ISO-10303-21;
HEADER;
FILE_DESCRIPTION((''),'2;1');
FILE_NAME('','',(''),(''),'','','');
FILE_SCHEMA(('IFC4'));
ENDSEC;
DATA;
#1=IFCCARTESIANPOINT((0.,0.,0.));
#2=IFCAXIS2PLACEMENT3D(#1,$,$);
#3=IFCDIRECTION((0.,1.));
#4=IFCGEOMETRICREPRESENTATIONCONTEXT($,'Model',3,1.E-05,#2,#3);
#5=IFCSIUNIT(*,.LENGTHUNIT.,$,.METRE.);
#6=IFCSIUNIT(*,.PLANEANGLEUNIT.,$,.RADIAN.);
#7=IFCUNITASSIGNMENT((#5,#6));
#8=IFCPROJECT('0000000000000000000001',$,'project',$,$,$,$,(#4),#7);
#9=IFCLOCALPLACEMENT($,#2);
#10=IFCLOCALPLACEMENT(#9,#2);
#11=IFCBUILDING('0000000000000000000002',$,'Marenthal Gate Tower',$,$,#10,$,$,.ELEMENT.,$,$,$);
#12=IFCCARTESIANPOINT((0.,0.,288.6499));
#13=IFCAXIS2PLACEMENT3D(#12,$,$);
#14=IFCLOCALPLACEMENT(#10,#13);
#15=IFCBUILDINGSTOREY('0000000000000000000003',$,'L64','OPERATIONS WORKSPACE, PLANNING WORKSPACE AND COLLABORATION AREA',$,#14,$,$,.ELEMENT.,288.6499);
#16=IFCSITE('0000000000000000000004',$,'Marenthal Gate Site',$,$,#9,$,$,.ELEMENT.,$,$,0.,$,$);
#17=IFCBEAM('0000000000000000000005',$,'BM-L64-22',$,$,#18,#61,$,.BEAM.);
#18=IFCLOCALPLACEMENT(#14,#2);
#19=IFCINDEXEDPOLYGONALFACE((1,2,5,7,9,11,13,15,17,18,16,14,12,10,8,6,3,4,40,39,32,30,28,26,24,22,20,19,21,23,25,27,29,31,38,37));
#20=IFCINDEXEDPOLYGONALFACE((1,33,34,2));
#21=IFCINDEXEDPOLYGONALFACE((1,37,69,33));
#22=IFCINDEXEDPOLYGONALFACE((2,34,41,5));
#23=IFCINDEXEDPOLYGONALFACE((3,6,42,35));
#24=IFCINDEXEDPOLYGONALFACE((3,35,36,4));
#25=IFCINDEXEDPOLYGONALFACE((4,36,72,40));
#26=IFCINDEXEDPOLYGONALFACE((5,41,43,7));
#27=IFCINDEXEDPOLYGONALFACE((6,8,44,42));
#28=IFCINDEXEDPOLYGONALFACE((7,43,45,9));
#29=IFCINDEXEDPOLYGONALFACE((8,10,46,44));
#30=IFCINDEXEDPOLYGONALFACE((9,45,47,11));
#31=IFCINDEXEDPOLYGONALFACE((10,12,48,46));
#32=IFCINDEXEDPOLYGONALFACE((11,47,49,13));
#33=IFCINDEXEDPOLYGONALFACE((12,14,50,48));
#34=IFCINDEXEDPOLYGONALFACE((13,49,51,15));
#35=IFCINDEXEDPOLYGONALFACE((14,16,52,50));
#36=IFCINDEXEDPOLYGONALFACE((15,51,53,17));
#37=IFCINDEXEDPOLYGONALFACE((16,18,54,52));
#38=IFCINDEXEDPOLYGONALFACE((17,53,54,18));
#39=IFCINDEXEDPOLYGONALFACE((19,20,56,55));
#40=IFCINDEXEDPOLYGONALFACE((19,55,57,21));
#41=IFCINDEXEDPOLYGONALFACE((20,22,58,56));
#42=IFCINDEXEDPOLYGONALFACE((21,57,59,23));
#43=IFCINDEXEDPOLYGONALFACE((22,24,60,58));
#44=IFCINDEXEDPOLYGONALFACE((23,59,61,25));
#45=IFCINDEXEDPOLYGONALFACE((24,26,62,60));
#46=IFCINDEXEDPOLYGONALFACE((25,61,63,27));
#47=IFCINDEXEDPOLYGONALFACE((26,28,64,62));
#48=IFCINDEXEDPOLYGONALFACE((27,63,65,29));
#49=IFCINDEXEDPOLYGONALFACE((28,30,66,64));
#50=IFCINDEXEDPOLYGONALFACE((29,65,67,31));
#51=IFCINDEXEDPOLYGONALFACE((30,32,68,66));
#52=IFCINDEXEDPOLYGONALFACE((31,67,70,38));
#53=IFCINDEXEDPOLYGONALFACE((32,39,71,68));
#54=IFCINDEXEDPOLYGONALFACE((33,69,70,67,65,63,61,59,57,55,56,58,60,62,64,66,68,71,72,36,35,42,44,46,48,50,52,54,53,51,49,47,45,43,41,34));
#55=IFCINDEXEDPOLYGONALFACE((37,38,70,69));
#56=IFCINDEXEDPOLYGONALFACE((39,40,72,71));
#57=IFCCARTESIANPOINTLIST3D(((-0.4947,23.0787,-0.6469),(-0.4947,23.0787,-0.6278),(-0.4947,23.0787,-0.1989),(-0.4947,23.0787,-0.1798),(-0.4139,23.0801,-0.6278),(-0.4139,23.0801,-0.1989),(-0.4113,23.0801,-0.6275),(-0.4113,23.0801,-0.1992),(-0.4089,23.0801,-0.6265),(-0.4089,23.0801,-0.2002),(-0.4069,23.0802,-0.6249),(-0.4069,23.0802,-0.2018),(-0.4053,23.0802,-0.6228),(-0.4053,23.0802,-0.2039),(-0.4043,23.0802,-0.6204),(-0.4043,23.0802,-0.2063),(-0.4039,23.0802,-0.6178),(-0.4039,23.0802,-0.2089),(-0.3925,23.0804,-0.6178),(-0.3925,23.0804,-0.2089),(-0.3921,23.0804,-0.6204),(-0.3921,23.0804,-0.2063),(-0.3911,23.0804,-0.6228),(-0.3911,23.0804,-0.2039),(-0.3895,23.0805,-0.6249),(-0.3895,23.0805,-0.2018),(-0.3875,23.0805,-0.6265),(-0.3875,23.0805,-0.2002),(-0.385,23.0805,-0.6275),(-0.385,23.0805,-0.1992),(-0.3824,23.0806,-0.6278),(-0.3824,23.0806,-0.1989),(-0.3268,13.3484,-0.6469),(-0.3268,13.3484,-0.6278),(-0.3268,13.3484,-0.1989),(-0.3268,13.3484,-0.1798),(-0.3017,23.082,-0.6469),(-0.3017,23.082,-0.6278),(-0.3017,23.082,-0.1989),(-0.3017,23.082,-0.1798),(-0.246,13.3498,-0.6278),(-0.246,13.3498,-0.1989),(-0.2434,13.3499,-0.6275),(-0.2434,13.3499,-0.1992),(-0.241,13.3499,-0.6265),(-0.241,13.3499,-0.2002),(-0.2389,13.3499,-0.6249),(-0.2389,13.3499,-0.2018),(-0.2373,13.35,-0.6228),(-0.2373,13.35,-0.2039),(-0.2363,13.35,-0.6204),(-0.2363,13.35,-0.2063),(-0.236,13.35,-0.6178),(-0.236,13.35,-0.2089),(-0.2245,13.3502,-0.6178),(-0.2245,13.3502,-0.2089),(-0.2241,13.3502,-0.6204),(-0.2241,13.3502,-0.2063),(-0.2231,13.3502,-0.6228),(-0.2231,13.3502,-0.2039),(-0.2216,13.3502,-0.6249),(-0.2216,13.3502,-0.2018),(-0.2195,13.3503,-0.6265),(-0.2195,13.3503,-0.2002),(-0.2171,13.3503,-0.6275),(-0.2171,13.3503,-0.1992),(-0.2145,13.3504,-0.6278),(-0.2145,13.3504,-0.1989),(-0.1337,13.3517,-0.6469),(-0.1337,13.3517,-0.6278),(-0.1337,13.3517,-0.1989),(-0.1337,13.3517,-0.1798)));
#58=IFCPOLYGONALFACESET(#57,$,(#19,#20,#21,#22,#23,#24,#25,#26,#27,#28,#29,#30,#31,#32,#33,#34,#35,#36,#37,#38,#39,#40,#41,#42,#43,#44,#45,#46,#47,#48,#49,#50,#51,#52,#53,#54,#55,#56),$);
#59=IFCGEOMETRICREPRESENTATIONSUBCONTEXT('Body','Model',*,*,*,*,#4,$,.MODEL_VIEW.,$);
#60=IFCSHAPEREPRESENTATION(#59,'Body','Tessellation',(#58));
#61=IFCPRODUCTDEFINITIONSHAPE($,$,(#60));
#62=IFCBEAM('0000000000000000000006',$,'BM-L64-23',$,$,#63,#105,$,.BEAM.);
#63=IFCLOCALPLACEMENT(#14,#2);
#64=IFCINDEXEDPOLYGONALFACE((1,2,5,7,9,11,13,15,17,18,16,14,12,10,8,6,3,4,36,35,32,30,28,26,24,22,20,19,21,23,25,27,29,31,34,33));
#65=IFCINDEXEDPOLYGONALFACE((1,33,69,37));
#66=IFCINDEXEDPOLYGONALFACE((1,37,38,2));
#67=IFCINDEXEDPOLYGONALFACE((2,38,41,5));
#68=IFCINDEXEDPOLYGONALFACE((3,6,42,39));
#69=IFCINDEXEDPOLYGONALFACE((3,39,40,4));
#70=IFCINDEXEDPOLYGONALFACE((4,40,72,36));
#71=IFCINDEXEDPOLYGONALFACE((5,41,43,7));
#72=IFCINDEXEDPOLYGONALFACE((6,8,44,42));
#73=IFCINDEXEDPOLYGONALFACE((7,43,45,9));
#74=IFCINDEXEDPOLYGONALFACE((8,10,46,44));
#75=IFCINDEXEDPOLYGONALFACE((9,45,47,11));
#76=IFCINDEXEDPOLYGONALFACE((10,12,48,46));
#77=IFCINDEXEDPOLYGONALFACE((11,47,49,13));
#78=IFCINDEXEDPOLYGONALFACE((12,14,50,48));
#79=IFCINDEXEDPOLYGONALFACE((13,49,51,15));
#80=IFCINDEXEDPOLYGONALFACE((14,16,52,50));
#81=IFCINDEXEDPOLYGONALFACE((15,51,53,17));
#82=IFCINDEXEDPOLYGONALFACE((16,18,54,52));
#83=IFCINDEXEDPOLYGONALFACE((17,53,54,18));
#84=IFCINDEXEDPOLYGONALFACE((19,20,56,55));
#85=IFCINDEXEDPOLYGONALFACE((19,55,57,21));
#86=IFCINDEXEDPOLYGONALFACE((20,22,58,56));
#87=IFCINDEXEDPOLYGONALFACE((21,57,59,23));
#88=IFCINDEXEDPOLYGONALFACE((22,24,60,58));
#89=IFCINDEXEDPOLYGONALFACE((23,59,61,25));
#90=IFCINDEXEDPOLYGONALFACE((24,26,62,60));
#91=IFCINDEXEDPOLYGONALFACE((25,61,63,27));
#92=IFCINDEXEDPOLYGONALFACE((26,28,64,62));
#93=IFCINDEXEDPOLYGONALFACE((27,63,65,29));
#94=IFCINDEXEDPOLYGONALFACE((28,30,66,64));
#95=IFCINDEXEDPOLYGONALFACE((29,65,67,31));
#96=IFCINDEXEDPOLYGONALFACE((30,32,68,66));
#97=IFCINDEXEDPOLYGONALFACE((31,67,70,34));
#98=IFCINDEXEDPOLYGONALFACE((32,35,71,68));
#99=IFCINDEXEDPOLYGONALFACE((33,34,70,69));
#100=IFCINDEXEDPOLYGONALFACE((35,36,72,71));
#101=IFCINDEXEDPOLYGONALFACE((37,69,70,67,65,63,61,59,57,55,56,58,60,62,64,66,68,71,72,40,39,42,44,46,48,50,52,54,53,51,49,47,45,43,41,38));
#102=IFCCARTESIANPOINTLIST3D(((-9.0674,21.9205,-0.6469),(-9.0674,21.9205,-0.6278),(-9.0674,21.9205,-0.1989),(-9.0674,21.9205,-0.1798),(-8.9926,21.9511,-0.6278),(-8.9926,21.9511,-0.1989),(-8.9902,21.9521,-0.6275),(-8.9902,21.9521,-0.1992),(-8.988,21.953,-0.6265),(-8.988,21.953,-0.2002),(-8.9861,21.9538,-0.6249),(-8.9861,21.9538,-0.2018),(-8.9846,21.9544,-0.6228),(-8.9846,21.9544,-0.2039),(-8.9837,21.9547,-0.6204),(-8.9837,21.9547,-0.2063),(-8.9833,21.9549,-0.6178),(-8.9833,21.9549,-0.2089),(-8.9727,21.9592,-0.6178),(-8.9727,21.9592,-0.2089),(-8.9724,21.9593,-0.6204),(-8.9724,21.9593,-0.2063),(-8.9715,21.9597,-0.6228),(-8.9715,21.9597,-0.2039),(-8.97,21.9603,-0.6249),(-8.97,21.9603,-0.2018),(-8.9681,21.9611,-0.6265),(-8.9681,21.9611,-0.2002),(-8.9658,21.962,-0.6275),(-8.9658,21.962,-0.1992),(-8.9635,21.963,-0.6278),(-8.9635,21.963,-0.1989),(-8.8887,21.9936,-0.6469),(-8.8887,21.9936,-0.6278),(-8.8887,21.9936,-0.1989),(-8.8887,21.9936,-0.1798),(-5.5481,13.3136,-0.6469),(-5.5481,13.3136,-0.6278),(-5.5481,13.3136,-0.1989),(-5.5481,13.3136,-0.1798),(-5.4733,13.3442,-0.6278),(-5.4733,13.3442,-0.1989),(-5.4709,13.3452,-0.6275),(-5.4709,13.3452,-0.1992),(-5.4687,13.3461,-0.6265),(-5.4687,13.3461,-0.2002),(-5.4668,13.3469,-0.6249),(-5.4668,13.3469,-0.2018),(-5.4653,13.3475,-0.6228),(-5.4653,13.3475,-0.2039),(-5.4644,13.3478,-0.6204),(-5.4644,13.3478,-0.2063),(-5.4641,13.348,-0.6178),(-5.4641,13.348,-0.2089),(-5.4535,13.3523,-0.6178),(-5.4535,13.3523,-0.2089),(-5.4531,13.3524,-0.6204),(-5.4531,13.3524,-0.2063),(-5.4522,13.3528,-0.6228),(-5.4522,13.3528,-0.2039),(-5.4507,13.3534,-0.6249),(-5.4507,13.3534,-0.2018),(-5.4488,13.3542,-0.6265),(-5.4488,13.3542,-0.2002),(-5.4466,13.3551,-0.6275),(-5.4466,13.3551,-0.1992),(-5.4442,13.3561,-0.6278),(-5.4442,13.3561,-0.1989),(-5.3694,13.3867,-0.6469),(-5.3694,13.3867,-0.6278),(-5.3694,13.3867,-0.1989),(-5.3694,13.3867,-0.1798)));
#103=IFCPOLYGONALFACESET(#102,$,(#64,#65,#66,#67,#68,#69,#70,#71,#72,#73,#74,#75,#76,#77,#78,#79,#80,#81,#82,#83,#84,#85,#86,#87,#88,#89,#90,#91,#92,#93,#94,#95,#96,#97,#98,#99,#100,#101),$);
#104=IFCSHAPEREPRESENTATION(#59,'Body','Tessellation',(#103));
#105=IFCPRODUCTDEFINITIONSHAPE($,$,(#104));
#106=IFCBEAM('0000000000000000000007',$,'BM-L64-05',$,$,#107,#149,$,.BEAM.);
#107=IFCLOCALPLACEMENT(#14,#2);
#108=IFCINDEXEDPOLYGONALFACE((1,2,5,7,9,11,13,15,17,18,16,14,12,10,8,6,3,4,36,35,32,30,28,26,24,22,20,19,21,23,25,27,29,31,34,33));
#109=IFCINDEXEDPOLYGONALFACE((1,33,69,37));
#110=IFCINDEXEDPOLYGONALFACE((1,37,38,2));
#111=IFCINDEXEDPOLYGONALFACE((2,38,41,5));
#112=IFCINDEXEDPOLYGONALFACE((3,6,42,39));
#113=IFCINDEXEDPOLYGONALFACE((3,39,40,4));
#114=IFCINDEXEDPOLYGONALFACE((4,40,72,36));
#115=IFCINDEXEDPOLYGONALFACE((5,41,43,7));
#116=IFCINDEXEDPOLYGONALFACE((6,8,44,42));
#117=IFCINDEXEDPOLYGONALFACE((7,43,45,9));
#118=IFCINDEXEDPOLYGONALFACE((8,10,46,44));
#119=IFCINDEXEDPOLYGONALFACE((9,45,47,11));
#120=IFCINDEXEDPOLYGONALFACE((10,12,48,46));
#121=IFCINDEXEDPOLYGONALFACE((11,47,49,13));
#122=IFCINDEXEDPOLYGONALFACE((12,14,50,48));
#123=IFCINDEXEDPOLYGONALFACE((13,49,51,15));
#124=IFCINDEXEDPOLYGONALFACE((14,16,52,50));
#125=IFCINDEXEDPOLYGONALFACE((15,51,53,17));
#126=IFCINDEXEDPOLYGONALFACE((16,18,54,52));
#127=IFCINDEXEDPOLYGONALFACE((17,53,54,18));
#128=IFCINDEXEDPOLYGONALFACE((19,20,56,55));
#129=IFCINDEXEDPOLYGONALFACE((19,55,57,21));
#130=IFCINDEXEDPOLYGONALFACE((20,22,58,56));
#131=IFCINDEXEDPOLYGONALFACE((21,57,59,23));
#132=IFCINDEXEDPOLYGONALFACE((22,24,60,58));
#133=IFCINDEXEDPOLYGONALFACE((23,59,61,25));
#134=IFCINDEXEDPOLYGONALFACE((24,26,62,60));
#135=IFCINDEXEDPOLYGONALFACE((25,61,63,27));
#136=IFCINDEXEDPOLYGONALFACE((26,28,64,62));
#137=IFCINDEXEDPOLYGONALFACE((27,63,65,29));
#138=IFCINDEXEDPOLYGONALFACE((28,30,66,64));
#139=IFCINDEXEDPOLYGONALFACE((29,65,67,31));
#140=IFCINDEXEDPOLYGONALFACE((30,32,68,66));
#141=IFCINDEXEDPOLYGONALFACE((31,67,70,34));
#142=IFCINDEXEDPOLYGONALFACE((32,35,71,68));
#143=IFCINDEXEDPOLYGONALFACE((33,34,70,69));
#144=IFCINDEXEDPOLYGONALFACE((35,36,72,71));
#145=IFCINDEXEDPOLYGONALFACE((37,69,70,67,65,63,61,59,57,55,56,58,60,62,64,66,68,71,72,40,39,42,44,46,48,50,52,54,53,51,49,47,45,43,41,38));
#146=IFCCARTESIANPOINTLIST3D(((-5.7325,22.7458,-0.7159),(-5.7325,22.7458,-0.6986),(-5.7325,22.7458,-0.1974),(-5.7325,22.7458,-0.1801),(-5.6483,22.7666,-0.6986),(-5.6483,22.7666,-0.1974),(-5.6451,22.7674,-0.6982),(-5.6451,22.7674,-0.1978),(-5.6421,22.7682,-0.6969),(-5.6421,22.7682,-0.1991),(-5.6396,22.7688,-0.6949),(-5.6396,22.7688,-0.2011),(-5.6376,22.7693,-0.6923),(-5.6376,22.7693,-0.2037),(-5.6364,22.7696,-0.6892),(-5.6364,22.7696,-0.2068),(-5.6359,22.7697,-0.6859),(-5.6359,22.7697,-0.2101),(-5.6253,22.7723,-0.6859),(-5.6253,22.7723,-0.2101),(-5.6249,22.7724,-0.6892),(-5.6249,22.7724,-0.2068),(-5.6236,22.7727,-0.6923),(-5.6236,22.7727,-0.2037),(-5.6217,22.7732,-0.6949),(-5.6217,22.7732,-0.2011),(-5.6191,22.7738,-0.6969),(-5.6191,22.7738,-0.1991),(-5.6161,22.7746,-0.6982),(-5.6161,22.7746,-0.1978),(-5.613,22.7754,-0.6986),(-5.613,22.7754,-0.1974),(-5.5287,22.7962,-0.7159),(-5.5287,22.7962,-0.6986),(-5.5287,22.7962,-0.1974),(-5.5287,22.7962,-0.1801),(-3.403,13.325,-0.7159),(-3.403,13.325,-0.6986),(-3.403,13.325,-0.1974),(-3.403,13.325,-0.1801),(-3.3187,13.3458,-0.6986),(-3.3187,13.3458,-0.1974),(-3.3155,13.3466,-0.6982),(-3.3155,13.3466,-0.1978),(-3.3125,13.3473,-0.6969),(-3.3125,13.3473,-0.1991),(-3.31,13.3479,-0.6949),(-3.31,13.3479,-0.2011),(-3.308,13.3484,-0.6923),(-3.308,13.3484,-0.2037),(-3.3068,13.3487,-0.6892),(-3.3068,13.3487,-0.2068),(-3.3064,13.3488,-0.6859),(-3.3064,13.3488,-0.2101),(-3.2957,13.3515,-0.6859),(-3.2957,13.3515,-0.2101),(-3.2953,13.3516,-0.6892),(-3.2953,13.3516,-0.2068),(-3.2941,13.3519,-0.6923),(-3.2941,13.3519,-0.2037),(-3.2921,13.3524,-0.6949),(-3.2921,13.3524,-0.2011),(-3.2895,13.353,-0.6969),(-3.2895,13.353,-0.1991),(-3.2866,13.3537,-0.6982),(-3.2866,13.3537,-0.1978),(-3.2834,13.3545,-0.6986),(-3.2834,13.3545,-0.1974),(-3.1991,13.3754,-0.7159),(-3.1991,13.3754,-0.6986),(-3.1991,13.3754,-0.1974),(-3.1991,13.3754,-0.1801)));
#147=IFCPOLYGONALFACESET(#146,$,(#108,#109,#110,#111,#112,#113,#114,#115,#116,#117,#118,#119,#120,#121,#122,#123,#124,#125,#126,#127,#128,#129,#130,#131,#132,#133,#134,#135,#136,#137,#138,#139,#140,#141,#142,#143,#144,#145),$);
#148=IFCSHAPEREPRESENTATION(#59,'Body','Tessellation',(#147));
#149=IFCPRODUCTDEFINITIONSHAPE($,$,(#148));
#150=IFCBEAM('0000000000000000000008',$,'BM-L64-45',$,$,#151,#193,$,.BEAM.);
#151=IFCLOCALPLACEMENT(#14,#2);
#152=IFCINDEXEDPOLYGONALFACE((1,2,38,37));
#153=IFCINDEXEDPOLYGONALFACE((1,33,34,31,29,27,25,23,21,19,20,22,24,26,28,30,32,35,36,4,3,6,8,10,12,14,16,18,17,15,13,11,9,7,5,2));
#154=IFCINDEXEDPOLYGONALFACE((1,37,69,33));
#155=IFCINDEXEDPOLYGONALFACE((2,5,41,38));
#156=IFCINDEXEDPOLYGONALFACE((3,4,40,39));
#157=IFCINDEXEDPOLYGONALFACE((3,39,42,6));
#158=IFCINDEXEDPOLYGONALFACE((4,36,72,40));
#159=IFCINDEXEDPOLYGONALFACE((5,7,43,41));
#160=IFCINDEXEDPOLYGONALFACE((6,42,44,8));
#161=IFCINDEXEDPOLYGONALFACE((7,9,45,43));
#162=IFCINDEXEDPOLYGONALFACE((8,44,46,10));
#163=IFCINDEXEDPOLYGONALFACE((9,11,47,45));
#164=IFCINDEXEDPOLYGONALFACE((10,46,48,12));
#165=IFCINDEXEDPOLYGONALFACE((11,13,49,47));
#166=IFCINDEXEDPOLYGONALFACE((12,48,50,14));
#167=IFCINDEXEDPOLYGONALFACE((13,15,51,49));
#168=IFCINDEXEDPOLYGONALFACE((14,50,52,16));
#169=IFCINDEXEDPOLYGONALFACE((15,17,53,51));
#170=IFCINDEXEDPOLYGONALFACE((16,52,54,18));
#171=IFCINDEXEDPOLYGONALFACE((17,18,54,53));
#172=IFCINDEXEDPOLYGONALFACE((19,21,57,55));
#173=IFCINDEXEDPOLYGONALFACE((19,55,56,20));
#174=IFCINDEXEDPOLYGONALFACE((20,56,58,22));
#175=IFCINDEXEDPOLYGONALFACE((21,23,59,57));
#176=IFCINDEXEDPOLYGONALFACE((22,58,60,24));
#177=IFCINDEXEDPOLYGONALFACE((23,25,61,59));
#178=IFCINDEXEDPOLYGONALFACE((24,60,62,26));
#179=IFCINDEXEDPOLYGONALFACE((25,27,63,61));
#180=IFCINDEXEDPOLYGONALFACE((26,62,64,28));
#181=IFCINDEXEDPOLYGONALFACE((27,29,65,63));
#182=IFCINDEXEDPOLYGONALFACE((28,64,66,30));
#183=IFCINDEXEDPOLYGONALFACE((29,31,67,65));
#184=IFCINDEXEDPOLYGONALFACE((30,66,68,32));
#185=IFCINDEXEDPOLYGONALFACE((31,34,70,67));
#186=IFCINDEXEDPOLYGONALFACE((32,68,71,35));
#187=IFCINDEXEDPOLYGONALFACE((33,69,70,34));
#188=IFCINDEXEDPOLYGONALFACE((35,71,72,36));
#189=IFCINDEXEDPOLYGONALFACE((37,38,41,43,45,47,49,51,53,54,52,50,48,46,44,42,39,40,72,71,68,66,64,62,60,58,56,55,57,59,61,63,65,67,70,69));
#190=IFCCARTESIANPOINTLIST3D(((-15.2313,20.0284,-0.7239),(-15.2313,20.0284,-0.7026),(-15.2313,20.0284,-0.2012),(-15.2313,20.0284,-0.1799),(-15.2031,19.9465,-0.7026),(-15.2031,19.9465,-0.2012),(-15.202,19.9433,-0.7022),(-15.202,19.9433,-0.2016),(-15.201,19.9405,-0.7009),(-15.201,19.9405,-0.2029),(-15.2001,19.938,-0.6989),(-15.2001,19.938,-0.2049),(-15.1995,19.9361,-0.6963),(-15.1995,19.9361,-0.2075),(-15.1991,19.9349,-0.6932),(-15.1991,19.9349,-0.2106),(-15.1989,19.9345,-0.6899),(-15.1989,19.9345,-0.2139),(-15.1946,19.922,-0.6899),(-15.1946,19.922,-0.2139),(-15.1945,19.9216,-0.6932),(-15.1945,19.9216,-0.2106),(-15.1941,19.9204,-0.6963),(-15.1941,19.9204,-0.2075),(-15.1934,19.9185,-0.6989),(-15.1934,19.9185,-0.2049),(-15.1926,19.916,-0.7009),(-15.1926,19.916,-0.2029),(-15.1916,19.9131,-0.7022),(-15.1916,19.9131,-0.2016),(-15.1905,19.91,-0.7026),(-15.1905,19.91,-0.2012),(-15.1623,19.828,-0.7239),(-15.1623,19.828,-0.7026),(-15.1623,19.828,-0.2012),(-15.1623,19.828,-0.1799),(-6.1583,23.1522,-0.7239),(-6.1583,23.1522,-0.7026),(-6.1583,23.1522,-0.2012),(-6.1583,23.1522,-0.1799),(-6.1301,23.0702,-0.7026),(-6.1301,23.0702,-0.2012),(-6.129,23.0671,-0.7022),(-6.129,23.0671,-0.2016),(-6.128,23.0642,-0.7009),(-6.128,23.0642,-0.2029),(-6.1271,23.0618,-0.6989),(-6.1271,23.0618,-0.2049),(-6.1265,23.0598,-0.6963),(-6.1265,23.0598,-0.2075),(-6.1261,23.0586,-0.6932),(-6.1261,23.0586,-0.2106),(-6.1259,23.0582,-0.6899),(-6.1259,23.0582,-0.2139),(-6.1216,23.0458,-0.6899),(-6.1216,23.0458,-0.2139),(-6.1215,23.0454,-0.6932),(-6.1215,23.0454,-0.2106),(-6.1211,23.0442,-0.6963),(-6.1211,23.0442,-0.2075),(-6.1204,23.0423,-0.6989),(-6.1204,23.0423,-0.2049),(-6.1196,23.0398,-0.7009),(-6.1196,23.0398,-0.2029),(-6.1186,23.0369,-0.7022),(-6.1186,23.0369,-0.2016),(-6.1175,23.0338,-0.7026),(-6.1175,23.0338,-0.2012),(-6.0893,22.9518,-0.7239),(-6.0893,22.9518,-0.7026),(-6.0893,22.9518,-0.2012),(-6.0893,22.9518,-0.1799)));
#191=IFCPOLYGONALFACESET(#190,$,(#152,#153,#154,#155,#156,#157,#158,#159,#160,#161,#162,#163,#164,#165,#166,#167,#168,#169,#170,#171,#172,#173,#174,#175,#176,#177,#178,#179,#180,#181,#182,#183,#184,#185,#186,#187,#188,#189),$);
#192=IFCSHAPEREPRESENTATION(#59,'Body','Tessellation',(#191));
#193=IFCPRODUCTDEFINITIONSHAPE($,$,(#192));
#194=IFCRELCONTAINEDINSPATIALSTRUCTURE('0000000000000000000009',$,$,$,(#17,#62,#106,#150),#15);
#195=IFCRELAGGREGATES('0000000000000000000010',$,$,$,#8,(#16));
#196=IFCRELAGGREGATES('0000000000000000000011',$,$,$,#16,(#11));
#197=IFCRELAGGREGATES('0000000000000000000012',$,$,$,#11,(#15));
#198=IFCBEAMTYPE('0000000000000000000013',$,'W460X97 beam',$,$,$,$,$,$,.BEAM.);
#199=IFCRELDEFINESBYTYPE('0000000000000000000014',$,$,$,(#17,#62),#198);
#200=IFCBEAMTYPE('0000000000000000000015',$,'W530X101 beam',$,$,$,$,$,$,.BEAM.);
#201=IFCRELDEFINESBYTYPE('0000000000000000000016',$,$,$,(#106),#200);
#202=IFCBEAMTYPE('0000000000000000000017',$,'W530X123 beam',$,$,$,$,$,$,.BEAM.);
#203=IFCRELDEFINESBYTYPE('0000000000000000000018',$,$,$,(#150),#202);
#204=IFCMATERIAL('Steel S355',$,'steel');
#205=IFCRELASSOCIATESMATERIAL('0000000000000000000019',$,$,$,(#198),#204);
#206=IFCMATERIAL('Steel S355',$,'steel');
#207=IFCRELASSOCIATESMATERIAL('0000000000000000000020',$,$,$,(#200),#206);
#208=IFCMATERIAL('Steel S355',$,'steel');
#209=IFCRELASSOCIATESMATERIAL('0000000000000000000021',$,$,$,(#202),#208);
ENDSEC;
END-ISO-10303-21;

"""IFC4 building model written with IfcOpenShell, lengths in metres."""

from ifc_helpers import new_model, si_unit, direction, frame, origin, origin_2d, place, context, subcontext, project, spatial, i_section, extrude, material, material_profile, profile_set, type_object, element, save


model = new_model("IFC4")

# Units and contexts
model_context = context("Model", 3, precision=1e-05, world=origin(), true_north=direction((0.0, 1.0)))
body_context = subcontext(model_context, "Body", "Model", "MODEL_VIEW")
ifc_project = project(units=[si_unit("LENGTHUNIT", "METRE"), si_unit("PLANEANGLEUNIT", "RADIAN")], contexts=[model_context])

# Site, building, storey
site_placement = place(None, origin())
site = spatial("IfcSite", under=ifc_project, at=site_placement, Name="Marenthal Gate Site", CompositionType="ELEMENT", RefElevation=0.0)
building_placement = place(site_placement, origin())
building = spatial("IfcBuilding", under=site, at=building_placement, Name="Marenthal Gate Tower", CompositionType="ELEMENT")
storey_placement = place(building_placement, frame((0.0, 0.0, 288.6499)))
storey = spatial("IfcBuildingStorey", under=building, at=storey_placement, Name="L64", Description="OPERATIONS WORKSPACE, PLANNING WORKSPACE AND COLLABORATION AREA", CompositionType="ELEMENT", Elevation=288.6499)

# Beams
ifc_material_1 = material(Name="Steel S355", Category="steel")
ifc_material_profile_1 = material_profile(ifc_material_1, i_section(OverallWidth=0.1931, OverallDepth=0.467, WebThickness=0.0115, FlangeThickness=0.019, FilletRadius=0.01, at=origin_2d()), Name="W460X97")
ifc_profile_set_1 = profile_set([ifc_material_profile_1], Name="Steel S355")
beam_type_1 = type_object("IfcBeamType", Name="W460X97 beam", PredefinedType="BEAM", material=ifc_profile_set_1)
beam_1_placement = place(storey_placement, frame((-0.3982, 23.0803, -0.4133), z_axis=(0.01726, -0.999851, 0.0), x_axis=(0.999851, 0.01726, 0.0)))
element("IfcBeam", 1, at=beam_1_placement, inside=storey, type_object=beam_type_1, Name="BM-L64-22", PredefinedType="BEAM", context=body_context, shape_type="SweptSolid", body=[
    extrude(i_section(OverallWidth=0.1931, OverallDepth=0.467, WebThickness=0.0115, FlangeThickness=0.019, FilletRadius=0.01, at=origin_2d()), origin(), (0.0, 0.0, 1.0), 9.7317),
])
beam_2_placement = place(storey_placement, frame((-8.978, 21.957, -0.4133), z_axis=(0.378473, -0.925612, 0.0), x_axis=(0.925612, 0.378473, 0.0)))
element("IfcBeam", 2, at=beam_2_placement, inside=storey, type_object=beam_type_1, Name="BM-L64-23", PredefinedType="BEAM", context=body_context, shape_type="SweptSolid", body=[
    extrude(i_section(OverallWidth=0.1931, OverallDepth=0.467, WebThickness=0.0115, FlangeThickness=0.019, FilletRadius=0.01, at=origin_2d()), origin(), (0.0, 0.0, 1.0), 9.2986),
])
ifc_material_2 = material(Name="Steel S355", Category="steel")
ifc_material_profile_2 = material_profile(ifc_material_2, i_section(OverallWidth=0.21, OverallDepth=0.5359, WebThickness=0.011, FlangeThickness=0.0173, FilletRadius=0.0127, at=origin_2d()), Name="W530X101")
ifc_profile_set_2 = profile_set([ifc_material_profile_2], Name="Steel S355")
beam_type_2 = type_object("IfcBeamType", Name="W530X101 beam", PredefinedType="BEAM", material=ifc_profile_set_2)
beam_3_placement = place(storey_placement, frame((-5.6306, 22.771, -0.448), z_axis=(0.240049, -0.970761, 0.0), x_axis=(0.970761, 0.240049, 0.0)))
element("IfcBeam", 3, at=beam_3_placement, inside=storey, type_object=beam_type_2, Name="BM-L64-05", PredefinedType="BEAM", context=body_context, shape_type="SweptSolid", body=[
    extrude(i_section(OverallWidth=0.21, OverallDepth=0.5359, WebThickness=0.011, FlangeThickness=0.0173, FilletRadius=0.0127, at=origin_2d()), origin(), (0.0, 0.0, 1.0), 9.7046),
])
ifc_material_3 = material(Name="Steel S355", Category="steel")
ifc_material_profile_3 = material_profile(ifc_material_3, i_section(OverallWidth=0.2119, OverallDepth=0.5439, WebThickness=0.0132, FlangeThickness=0.0212, FilletRadius=0.0127, at=origin_2d()), Name="W530X123")
ifc_profile_set_3 = profile_set([ifc_material_profile_3], Name="Steel S355")
beam_type_3 = type_object("IfcBeamType", Name="W530X123 beam", PredefinedType="BEAM", material=ifc_profile_set_3)
beam_4_placement = place(storey_placement, frame((-6.1238, 23.052, -0.4519), z_axis=(-0.945528, -0.32554, 0.0), x_axis=(0.32554, -0.945528, 0.0)))
element("IfcBeam", 4, at=beam_4_placement, inside=storey, type_object=beam_type_3, Name="BM-L64-45", PredefinedType="BEAM", context=body_context, shape_type="SweptSolid", body=[
    extrude(i_section(OverallWidth=0.2119, OverallDepth=0.5439, WebThickness=0.0132, FlangeThickness=0.0212, FilletRadius=0.0127, at=origin_2d()), origin(), (0.0, 0.0, 1.0), 9.5957),
])

save(model, "model.ifc")
